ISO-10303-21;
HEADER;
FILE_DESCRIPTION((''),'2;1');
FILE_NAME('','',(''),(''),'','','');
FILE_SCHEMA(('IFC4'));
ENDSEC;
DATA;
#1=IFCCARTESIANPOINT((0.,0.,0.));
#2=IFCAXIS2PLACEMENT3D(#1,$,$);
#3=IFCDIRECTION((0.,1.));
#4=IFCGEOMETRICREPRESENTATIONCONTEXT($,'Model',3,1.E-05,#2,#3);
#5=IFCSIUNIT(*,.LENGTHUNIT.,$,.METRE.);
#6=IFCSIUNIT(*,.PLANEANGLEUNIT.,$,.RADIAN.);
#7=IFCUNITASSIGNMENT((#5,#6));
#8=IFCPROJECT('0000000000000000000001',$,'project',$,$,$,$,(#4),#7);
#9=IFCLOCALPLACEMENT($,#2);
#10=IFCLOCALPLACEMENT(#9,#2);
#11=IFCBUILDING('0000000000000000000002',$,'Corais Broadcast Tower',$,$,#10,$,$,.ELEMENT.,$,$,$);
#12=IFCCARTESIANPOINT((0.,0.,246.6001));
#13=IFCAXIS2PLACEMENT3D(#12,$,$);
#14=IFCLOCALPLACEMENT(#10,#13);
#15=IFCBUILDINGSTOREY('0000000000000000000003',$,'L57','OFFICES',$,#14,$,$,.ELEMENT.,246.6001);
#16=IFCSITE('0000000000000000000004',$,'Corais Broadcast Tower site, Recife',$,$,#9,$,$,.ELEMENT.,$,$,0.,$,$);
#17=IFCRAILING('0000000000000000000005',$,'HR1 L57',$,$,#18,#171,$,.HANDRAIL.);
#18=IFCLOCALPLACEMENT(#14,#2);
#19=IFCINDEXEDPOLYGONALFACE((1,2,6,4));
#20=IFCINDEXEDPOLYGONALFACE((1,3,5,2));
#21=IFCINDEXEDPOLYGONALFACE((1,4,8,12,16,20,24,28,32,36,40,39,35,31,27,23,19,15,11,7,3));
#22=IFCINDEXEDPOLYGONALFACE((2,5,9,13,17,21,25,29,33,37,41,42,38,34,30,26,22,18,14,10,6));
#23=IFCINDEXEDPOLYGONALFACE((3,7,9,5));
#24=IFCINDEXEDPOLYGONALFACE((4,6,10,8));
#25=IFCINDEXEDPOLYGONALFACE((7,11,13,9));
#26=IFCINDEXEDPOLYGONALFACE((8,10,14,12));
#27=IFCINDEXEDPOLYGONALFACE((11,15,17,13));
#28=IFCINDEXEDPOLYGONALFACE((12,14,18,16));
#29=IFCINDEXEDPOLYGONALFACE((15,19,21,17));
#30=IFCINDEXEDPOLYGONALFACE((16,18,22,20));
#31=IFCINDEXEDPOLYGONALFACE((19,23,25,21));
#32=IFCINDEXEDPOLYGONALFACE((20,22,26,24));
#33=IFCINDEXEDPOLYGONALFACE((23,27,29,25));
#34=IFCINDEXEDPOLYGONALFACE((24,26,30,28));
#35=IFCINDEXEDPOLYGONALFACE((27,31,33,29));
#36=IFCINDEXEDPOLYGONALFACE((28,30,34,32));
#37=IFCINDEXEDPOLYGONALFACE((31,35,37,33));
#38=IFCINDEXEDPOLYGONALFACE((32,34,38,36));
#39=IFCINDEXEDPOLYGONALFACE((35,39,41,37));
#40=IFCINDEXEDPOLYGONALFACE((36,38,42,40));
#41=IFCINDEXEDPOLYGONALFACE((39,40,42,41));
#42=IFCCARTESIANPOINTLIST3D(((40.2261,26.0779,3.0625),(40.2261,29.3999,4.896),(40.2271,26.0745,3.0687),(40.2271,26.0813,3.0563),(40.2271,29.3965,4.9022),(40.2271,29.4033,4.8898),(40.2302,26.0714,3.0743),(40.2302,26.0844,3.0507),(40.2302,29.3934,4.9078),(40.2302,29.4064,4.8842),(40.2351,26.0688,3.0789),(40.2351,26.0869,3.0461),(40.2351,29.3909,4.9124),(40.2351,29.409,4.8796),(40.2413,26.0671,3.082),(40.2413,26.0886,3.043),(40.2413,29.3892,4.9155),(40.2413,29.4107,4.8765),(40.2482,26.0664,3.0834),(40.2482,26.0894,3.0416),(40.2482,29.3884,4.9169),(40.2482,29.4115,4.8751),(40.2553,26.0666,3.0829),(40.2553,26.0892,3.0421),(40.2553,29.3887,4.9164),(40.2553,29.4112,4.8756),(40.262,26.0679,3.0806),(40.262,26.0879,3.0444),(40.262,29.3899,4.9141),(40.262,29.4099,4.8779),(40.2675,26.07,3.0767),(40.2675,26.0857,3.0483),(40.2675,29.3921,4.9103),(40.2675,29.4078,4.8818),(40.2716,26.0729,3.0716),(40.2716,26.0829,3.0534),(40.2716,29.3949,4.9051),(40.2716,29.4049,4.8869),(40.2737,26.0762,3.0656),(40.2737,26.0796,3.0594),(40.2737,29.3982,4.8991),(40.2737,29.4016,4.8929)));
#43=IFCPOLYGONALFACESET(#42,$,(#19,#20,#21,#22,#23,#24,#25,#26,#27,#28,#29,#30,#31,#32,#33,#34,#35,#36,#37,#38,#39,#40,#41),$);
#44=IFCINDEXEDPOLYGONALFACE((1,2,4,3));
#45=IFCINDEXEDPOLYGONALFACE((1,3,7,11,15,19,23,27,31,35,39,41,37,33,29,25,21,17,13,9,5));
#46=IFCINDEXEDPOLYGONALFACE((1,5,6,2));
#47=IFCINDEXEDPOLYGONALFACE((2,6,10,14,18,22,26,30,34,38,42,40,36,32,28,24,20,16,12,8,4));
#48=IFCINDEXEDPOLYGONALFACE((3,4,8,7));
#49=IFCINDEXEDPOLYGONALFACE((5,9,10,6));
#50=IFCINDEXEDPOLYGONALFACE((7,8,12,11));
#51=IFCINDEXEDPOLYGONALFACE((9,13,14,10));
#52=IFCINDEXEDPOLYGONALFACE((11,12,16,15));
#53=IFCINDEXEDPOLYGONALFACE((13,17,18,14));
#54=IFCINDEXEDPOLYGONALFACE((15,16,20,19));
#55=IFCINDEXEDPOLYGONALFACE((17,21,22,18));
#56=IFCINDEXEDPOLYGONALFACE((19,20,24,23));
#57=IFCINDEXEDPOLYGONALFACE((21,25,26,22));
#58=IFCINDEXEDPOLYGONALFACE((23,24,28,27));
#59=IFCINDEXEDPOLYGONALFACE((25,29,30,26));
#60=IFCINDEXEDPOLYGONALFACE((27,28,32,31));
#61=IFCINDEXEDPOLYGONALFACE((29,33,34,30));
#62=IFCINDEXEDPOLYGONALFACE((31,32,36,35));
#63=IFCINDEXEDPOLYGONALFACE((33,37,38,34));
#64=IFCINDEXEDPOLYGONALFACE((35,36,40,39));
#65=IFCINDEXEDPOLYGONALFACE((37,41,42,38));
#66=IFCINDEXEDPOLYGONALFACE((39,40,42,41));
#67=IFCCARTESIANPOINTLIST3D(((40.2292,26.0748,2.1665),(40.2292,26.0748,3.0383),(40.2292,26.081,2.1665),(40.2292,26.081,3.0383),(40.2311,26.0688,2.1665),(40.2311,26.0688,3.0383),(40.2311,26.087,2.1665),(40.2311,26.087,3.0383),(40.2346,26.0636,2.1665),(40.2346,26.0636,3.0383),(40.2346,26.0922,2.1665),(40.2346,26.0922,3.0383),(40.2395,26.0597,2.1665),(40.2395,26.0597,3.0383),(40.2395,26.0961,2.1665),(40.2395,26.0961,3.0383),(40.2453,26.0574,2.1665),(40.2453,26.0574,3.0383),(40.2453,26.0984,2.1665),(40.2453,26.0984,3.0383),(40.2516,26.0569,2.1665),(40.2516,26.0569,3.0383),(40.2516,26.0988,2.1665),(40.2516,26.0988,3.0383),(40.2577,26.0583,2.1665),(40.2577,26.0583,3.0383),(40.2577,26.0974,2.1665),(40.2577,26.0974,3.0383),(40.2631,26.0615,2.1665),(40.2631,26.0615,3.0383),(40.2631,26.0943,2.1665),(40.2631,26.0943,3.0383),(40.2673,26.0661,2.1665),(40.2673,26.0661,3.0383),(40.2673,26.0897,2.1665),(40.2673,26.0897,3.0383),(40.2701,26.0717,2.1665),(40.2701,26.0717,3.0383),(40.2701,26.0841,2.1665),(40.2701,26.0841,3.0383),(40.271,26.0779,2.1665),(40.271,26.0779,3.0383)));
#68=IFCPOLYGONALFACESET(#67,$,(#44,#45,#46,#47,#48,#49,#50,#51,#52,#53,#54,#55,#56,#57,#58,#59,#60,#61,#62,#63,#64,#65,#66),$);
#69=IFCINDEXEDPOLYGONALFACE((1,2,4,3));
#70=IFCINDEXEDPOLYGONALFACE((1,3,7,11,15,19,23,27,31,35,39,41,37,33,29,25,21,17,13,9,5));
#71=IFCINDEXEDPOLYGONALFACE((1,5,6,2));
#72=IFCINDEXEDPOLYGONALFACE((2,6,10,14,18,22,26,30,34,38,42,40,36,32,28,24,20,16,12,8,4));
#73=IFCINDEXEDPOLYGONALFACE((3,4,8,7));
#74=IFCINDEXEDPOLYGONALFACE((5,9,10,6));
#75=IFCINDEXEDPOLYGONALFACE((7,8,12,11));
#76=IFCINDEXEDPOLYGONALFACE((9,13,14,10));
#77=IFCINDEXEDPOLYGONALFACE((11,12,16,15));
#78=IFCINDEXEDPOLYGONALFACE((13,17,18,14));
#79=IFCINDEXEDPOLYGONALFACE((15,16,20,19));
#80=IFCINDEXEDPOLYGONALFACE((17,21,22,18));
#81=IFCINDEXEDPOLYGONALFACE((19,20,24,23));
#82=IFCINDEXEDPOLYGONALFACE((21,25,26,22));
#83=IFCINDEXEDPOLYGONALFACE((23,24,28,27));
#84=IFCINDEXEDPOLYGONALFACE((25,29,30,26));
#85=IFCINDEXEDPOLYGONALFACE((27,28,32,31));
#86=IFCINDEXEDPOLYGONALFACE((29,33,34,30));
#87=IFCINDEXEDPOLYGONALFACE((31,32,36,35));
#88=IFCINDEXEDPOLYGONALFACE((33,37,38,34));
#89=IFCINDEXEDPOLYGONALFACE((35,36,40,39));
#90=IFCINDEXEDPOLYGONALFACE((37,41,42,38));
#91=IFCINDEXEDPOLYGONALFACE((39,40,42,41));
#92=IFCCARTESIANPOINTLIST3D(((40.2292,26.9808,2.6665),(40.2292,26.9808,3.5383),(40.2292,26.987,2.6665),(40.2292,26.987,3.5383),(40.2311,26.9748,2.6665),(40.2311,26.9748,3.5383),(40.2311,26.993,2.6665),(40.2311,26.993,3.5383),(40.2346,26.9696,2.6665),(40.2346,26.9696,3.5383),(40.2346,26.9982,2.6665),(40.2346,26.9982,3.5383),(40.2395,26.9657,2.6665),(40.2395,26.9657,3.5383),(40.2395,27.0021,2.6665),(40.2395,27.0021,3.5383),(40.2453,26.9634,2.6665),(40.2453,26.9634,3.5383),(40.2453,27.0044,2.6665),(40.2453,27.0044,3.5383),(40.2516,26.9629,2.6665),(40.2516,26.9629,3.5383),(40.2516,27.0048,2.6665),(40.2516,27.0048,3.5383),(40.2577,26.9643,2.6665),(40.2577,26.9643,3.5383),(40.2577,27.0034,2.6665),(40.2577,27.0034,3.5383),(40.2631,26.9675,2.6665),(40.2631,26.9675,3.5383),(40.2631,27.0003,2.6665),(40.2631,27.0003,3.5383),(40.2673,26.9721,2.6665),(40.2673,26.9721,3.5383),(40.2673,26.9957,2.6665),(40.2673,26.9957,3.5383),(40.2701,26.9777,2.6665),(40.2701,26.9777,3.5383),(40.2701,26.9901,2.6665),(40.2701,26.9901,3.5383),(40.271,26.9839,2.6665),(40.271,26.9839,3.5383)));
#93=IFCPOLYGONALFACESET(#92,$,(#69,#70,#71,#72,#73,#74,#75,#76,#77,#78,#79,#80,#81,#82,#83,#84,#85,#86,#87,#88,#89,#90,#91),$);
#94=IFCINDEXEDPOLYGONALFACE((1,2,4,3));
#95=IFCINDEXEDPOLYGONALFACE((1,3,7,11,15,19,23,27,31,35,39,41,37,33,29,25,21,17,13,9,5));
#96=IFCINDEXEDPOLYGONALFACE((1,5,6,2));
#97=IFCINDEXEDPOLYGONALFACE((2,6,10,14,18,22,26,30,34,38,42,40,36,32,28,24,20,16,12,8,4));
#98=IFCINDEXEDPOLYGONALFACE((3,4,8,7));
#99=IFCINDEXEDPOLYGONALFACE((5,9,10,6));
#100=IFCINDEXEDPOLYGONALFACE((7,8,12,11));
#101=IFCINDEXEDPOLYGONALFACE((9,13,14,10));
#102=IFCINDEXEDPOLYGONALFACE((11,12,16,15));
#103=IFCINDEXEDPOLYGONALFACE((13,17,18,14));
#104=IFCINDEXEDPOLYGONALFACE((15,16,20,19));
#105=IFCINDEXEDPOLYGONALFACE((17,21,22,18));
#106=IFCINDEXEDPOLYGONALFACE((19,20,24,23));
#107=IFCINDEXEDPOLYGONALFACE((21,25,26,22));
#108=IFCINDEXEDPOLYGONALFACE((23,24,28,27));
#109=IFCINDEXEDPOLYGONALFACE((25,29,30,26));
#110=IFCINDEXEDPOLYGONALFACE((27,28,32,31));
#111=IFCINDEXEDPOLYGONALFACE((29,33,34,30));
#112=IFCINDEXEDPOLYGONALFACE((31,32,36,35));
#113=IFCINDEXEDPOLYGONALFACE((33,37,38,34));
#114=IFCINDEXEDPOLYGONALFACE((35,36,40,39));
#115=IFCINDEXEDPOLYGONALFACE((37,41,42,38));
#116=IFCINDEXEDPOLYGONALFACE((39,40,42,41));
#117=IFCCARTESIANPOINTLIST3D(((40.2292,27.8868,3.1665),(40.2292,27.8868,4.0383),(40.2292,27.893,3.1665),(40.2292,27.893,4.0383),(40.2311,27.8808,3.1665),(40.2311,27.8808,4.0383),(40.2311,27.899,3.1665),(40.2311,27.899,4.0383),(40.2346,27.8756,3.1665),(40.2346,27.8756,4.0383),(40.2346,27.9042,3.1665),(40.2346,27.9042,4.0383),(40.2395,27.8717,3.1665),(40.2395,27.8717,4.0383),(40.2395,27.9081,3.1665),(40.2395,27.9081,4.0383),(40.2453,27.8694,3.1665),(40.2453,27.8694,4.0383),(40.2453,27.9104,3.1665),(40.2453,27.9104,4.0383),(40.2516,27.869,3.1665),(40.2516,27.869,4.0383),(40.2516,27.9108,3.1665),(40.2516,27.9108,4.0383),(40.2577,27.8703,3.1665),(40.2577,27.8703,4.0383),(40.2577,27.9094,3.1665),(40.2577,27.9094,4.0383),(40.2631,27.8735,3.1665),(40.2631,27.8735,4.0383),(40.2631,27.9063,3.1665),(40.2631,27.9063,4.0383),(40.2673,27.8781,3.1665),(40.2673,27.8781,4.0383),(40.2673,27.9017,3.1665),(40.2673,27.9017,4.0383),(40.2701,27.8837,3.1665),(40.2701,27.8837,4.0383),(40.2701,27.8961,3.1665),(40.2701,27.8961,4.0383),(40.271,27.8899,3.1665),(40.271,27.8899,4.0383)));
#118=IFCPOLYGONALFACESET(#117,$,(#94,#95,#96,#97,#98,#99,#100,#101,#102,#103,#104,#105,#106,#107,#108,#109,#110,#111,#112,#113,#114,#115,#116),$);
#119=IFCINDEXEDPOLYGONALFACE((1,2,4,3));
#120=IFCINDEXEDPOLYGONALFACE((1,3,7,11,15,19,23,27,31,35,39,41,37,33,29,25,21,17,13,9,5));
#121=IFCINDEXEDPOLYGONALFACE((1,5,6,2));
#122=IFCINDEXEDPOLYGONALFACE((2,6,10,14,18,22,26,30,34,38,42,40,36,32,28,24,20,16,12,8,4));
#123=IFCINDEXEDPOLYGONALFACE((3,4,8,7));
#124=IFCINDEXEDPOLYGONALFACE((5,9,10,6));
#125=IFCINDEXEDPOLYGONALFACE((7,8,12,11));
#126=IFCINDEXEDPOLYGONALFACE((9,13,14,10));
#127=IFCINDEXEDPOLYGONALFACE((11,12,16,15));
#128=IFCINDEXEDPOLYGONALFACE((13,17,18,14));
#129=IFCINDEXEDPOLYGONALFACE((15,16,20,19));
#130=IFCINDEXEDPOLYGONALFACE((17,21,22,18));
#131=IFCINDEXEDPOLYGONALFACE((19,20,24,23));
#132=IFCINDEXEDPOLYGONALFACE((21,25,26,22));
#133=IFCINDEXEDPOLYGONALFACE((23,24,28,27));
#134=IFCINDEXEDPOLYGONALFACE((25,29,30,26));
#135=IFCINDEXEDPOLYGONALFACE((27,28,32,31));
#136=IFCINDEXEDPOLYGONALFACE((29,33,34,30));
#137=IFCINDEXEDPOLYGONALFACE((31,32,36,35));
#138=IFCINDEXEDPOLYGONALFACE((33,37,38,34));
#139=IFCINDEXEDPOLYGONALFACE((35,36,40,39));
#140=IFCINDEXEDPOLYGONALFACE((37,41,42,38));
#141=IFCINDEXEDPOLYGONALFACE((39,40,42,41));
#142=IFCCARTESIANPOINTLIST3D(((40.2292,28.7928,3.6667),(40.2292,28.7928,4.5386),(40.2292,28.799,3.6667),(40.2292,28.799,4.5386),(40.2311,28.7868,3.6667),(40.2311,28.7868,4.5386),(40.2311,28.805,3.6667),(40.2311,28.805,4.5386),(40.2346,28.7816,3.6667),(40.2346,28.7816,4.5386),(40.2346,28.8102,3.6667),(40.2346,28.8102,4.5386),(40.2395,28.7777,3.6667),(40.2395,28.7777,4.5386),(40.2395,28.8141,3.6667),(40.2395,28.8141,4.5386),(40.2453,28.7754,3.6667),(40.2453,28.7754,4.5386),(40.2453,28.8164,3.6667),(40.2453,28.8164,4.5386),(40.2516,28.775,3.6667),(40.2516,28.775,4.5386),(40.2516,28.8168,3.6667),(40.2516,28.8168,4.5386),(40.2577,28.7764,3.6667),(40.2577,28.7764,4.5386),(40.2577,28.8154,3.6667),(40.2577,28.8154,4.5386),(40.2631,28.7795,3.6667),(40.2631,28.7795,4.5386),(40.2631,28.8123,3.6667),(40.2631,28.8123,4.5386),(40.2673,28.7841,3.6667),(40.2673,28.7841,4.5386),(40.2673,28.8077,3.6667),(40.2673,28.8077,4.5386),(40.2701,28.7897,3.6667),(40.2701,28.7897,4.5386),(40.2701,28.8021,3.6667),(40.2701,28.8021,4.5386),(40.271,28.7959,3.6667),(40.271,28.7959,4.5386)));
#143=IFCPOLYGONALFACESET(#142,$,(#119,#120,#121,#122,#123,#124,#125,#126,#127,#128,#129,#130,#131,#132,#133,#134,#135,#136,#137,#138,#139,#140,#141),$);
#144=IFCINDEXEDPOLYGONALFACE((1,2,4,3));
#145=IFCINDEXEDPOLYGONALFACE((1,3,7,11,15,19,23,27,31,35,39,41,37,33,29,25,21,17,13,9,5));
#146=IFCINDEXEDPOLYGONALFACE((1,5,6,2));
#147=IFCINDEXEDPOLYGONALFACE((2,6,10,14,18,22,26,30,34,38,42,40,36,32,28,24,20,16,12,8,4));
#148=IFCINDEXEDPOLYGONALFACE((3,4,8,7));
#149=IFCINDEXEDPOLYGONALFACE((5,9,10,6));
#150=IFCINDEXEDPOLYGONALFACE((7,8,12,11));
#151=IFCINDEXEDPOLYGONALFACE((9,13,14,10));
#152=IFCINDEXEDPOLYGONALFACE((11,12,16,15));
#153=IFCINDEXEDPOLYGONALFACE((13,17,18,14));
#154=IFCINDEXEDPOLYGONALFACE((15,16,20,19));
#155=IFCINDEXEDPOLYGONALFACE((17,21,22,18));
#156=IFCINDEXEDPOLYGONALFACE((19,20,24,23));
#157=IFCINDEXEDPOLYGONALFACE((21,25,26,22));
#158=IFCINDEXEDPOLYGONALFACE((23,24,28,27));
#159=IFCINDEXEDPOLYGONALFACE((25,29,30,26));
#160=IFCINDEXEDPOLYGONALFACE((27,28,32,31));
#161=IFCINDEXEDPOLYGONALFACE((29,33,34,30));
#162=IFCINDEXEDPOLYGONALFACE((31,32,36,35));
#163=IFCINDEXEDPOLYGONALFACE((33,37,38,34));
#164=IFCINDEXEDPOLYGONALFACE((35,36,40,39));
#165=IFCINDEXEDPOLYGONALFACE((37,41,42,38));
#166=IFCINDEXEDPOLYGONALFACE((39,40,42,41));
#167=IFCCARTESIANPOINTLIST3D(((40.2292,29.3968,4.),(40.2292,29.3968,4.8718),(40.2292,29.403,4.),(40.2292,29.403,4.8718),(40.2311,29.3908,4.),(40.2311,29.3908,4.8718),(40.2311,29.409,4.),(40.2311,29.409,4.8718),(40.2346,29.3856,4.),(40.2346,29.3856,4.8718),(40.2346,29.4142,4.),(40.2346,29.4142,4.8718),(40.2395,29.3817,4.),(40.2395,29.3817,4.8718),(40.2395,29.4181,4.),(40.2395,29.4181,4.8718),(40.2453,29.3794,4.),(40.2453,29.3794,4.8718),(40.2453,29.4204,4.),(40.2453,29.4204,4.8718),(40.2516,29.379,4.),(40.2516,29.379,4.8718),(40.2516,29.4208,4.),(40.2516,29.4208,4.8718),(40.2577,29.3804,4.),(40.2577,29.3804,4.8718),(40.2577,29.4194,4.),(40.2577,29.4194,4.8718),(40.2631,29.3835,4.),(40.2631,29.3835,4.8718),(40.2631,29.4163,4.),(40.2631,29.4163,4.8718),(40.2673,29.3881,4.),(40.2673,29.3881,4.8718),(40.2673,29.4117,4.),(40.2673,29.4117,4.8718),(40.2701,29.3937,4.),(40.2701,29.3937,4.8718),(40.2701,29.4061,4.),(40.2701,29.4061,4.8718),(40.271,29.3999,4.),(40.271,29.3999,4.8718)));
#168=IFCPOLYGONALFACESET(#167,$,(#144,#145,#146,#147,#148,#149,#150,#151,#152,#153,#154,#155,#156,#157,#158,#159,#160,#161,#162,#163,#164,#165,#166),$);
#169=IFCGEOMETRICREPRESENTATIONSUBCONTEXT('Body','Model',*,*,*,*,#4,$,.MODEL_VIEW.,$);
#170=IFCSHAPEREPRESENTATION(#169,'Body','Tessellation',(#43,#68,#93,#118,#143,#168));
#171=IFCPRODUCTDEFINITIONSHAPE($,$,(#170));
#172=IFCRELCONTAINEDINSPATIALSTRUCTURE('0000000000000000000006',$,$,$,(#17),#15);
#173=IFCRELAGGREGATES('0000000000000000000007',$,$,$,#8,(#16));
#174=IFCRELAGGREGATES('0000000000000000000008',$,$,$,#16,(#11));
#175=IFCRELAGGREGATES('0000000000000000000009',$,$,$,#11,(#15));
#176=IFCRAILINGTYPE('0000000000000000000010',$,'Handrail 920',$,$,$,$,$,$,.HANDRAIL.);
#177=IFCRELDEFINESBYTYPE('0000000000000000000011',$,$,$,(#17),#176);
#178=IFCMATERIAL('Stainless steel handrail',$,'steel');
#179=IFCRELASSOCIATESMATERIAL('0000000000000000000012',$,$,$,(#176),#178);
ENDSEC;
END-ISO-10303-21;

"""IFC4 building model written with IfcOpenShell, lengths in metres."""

from ifc_helpers import new_model, si_unit, direction, frame, origin, origin_2d, place, context, subcontext, project, spatial, circle, extrude, material, type_object, element, save


model = new_model("IFC4")

# Units and contexts
model_context = context("Model", 3, precision=1e-05, world=origin(), true_north=direction((0.0, 1.0)))
body_context = subcontext(model_context, "Body", "Model", "MODEL_VIEW")
ifc_project = project(units=[si_unit("LENGTHUNIT", "METRE"), si_unit("PLANEANGLEUNIT", "RADIAN")], contexts=[model_context])

# Site, building, storey
site_placement = place(None, origin())
site = spatial("IfcSite", under=ifc_project, at=site_placement, Name="Corais Broadcast Tower site, Recife", CompositionType="ELEMENT", RefElevation=0.0)
building_placement = place(site_placement, origin())
building = spatial("IfcBuilding", under=site, at=building_placement, Name="Corais Broadcast Tower", CompositionType="ELEMENT")
storey_placement = place(building_placement, frame((0.0, 0.0, 246.6001)))
storey = spatial("IfcBuildingStorey", under=building, at=storey_placement, Name="L57", Description="OFFICES", CompositionType="ELEMENT", Elevation=246.6001)

# Railing
ifc_material_1 = material(Name="Stainless steel handrail", Category="steel")
railing_type = type_object("IfcRailingType", Name="Handrail 920", PredefinedType="HANDRAIL", material=ifc_material_1)
for number, where, name in (
    (1, (40.25, 26.0779, 2.1665), "HR1 L57"),
):
    element("IfcRailing", number, at=place(storey_placement, frame(where)), inside=storey, type_object=railing_type, Name=name, PredefinedType="HANDRAIL", context=body_context, shape_type="SweptSolid", body=[
        extrude(circle(Radius=0.0239, at=origin_2d()), frame((0.0, 0.0, 0.896), z_axis=(0.0, 0.875504, 0.48321), x_axis=(-1.0, 0.0, 0.0)), (0.0, 0.0, 1.0), 3.7944),
        extrude(circle(Radius=0.021, at=origin_2d()), origin(), (0.0, 0.0, 1.0), 0.8718),
        extrude(circle(Radius=0.021, at=origin_2d()), frame((0.0, 0.906, 0.5)), (0.0, 0.0, 1.0), 0.8718),
        extrude(circle(Radius=0.021, at=origin_2d()), frame((0.0, 1.812, 1.0)), (0.0, 0.0, 1.0), 0.8718),
        extrude(circle(Radius=0.021, at=origin_2d()), frame((0.0, 2.718, 1.5002)), (0.0, 0.0, 1.0), 0.8718),
        extrude(circle(Radius=0.021, at=origin_2d()), frame((0.0, 3.322, 1.8335)), (0.0, 0.0, 1.0), 0.8718),
    ])

save(model, "model.ifc")
